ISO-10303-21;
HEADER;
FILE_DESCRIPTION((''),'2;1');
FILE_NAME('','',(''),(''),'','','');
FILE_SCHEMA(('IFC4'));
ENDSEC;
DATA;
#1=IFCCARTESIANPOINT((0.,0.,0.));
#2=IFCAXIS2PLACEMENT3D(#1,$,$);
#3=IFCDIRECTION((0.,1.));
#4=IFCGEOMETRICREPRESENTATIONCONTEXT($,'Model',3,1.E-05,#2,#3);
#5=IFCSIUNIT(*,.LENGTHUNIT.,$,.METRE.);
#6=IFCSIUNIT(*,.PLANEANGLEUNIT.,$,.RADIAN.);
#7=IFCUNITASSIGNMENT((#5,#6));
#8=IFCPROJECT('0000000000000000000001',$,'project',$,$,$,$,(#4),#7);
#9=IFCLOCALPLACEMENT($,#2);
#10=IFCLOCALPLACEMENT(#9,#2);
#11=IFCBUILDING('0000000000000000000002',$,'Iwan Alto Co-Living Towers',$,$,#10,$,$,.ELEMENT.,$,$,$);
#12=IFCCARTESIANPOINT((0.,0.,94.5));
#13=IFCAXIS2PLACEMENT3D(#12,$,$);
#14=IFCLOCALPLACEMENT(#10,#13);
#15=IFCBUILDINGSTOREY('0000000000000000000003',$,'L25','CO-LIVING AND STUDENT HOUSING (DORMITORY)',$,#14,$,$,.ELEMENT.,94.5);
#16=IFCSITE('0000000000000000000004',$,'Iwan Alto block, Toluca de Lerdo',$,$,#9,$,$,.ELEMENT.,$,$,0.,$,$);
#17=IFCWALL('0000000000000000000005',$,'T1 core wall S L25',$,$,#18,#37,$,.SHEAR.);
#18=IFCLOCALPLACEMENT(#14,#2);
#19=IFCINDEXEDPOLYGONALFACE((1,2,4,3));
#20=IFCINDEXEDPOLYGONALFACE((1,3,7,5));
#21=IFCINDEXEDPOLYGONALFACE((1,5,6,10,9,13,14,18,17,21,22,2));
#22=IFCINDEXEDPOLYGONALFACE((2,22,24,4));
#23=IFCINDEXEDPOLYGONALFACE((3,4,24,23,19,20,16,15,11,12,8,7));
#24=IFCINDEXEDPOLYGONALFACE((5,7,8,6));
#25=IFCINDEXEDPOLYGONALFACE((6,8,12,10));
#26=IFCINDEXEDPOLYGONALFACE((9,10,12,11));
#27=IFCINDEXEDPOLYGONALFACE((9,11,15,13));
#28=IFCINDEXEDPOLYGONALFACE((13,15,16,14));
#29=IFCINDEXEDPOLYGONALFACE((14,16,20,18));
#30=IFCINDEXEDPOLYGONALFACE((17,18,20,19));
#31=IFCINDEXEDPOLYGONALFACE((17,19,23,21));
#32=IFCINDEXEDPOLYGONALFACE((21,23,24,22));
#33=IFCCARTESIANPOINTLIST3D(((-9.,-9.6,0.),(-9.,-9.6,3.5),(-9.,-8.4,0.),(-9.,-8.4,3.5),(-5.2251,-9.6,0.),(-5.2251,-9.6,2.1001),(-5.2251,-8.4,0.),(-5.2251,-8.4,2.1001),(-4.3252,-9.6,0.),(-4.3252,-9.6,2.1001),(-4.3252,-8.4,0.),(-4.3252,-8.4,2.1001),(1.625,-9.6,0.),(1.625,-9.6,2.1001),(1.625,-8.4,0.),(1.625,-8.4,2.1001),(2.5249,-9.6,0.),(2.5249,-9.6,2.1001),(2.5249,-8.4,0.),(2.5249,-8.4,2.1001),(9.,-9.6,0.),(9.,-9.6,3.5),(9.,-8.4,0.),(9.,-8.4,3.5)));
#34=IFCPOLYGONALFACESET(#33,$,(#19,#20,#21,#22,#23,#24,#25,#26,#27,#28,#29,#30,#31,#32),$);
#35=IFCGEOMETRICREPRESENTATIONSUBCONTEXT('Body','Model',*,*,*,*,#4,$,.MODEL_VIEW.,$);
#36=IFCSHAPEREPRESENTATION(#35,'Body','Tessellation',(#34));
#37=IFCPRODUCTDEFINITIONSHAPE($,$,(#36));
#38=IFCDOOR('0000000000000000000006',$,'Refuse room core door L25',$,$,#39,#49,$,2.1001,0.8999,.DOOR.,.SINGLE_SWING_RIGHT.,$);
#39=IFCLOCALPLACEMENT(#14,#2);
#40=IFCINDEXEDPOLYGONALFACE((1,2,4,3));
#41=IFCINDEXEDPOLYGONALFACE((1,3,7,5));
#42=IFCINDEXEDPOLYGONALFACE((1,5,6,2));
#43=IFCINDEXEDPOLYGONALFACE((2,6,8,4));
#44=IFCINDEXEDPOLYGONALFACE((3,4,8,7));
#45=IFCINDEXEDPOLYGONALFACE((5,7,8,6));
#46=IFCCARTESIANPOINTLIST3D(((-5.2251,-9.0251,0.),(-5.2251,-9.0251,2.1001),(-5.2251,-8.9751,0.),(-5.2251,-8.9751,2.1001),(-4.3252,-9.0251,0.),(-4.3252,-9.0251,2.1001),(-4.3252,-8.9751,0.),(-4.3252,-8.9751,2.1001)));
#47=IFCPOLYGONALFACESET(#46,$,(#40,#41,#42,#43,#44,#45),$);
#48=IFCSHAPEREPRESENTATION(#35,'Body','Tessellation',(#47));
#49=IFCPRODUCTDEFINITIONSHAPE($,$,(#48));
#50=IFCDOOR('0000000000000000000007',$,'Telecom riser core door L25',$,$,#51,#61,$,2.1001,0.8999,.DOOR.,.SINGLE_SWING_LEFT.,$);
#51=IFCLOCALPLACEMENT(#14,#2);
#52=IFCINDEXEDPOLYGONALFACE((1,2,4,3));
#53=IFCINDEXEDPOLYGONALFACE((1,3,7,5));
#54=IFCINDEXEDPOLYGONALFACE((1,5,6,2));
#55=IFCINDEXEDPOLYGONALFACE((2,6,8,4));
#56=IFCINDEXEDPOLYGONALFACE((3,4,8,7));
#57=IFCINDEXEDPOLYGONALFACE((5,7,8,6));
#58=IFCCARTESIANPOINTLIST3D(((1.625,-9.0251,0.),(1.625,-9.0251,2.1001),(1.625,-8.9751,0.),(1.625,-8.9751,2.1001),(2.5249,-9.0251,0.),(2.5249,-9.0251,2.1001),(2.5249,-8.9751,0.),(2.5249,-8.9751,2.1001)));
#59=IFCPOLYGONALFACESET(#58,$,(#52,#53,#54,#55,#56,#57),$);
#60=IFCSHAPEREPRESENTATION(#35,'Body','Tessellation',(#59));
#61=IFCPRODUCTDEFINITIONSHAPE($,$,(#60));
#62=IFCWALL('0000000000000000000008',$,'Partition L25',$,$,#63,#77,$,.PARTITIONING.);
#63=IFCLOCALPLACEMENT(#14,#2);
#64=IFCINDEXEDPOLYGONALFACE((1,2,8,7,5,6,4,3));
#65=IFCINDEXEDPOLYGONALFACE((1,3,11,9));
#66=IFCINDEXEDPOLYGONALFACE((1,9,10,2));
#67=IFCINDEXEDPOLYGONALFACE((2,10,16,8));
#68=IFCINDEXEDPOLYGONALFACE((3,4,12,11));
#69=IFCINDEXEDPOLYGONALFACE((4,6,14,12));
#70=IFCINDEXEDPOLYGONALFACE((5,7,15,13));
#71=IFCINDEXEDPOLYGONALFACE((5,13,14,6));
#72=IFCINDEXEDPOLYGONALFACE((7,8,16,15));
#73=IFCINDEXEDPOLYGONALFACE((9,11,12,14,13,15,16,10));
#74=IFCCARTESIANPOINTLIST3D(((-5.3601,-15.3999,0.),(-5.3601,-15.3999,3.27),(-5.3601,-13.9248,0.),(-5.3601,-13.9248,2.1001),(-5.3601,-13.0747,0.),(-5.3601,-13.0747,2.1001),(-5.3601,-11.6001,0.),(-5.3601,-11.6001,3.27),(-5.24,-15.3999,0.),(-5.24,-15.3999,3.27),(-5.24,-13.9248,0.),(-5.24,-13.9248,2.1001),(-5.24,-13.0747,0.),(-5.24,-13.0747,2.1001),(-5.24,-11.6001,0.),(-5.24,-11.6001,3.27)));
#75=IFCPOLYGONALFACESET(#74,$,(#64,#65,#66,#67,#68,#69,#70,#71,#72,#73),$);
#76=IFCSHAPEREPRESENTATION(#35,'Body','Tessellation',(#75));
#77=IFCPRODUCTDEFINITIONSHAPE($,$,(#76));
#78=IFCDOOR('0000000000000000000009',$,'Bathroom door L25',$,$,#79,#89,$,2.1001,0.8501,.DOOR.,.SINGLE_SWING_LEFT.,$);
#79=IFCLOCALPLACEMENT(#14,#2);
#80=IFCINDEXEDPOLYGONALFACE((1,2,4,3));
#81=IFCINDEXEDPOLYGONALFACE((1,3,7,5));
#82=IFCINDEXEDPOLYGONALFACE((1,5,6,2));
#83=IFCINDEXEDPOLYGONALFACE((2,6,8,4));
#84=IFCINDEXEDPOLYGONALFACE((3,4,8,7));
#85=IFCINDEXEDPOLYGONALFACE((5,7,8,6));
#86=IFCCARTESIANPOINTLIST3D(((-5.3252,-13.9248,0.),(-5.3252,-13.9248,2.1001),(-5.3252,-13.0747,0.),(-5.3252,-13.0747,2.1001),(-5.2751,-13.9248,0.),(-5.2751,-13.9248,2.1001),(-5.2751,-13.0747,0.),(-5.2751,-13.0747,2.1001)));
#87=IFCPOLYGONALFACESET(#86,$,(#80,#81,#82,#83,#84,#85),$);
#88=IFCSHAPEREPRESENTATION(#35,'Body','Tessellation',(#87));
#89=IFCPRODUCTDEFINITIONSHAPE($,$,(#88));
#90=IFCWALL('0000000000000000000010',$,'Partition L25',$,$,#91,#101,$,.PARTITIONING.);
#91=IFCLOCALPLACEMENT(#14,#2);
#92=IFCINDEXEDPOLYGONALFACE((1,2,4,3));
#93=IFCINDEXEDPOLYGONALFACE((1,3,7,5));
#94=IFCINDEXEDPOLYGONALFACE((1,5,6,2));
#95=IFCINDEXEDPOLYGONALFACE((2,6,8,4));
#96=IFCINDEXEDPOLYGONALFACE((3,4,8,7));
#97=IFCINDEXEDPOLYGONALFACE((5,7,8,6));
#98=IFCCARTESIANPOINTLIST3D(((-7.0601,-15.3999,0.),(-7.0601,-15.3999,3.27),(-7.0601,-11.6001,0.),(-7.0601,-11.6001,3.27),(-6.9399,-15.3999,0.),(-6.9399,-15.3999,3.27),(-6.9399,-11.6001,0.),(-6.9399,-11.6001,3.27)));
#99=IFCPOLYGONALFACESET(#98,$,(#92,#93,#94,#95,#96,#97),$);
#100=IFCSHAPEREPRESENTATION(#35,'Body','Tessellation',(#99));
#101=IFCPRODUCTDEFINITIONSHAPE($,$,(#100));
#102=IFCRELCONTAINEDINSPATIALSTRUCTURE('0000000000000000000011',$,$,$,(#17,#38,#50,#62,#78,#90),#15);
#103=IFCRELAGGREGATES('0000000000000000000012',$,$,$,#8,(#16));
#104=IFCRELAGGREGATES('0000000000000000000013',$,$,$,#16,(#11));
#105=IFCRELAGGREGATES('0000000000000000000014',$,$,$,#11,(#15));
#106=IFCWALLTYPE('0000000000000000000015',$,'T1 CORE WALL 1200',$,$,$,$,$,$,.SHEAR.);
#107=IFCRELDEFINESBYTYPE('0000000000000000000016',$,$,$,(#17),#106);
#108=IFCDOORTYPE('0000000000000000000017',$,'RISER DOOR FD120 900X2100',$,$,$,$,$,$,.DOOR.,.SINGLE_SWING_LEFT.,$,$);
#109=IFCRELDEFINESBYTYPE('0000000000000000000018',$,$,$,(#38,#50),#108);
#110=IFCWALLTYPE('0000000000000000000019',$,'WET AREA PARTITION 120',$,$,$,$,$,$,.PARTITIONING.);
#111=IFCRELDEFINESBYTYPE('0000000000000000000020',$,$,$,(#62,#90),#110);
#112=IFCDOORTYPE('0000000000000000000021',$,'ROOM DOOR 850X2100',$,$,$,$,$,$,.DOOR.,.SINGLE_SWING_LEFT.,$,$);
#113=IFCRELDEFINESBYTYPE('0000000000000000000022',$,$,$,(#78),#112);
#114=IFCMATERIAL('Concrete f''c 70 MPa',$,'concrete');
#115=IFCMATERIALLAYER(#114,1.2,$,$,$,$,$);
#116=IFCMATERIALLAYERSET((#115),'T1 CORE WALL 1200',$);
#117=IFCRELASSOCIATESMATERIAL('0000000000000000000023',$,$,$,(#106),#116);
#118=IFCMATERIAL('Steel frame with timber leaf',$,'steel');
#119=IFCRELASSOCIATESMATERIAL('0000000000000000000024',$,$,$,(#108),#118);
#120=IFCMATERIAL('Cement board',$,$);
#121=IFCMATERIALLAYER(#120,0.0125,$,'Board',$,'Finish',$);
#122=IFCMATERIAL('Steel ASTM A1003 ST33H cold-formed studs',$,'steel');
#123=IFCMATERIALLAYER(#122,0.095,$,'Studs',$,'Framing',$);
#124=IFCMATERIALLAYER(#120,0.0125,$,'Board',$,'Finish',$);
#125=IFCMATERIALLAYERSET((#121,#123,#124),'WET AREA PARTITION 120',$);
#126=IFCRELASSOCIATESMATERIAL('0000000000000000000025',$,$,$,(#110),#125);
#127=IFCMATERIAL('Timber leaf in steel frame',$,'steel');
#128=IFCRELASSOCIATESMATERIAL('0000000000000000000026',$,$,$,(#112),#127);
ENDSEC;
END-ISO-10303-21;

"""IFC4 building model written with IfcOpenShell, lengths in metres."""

from ifc_helpers import new_model, si_unit, direction, frame, frame_2d, origin, place, context, subcontext, project, spatial, rectangle, extrude, material, layer, layer_set, type_object, element, fill, save


model = new_model("IFC4")

# Units and contexts
model_context = context("Model", 3, precision=1e-05, world=origin(), true_north=direction((0.0, 1.0)))
body_context = subcontext(model_context, "Body", "Model", "MODEL_VIEW")
ifc_project = project(units=[si_unit("LENGTHUNIT", "METRE"), si_unit("PLANEANGLEUNIT", "RADIAN")], contexts=[model_context])

# Site, building, storey
site_placement = place(None, origin())
site = spatial("IfcSite", under=ifc_project, at=site_placement, Name="Iwan Alto block, Toluca de Lerdo", CompositionType="ELEMENT", RefElevation=0.0)
building_placement = place(site_placement, origin())
building = spatial("IfcBuilding", under=site, at=building_placement, Name="Iwan Alto Co-Living Towers", CompositionType="ELEMENT")
storey_placement = place(building_placement, frame((0.0, 0.0, 94.5)))
storey = spatial("IfcBuildingStorey", under=building, at=storey_placement, Name="L25", Description="CO-LIVING AND STUDENT HOUSING (DORMITORY)", CompositionType="ELEMENT", Elevation=94.5)

# Shared definitions
ifc_material_1 = material(Name="Steel ASTM A1003 ST33H cold-formed studs", Category="steel")

# Wall, openings, doors
ifc_material_2 = material(Name="Concrete f'c 70 MPa", Category="concrete")
ifc_layer_1 = layer(ifc_material_2, 1.2)
ifc_layer_set_1 = layer_set([ifc_layer_1], Name="T1 CORE WALL 1200")
wall_type_1 = type_object("IfcWallType", Name="T1 CORE WALL 1200", PredefinedType="SHEAR", material=ifc_layer_set_1)
wall_1_placement = place(storey_placement, frame((-9.0, -9.0, 0.0), z_axis=(0.0, 0.0, 1.0), x_axis=(1.0, 0.0, 0.0)))
wall_1 = element("IfcWall", 1, at=wall_1_placement, inside=storey, type_object=wall_type_1, Name="T1 core wall S L25", PredefinedType="SHEAR", context=body_context, shape_type="SweptSolid", body=[
    extrude(rectangle(XDim=18.0, YDim=1.2, at=frame_2d((9.0, 0.0))), origin(), (0.0, 0.0, 1.0), 3.5),
])
opening_1_placement = place(wall_1_placement, frame((3.7749, 0.0, 0.0)))
opening_1 = element("IfcOpeningElement", 2, at=opening_1_placement, cuts=wall_1, PredefinedType="OPENING", context=body_context, shape_type="SweptSolid", body=[
    extrude(rectangle(XDim=0.8999, YDim=2.1001, at=frame_2d((0.45, 1.05))), frame((0.0, 0.6099, 0.0), z_axis=(0.0, -1.0, 0.0), x_axis=(1.0, 0.0, 0.0)), (0.0, 0.0, 1.0), 1.22),
])
opening_2_placement = place(wall_1_placement, frame((10.625, 0.0, 0.0)))
opening_2 = element("IfcOpeningElement", 3, at=opening_2_placement, cuts=wall_1, PredefinedType="OPENING", context=body_context, shape_type="SweptSolid", body=[
    extrude(rectangle(XDim=0.8999, YDim=2.1001, at=frame_2d((0.45, 1.05))), frame((0.0, 0.6099, 0.0), z_axis=(0.0, -1.0, 0.0), x_axis=(1.0, 0.0, 0.0)), (0.0, 0.0, 1.0), 1.22),
])
ifc_material_3 = material(Name="Steel frame with timber leaf", Category="steel")
door_type_1 = type_object("IfcDoorType", Name="RISER DOOR FD120 900X2100", OperationType="SINGLE_SWING_LEFT", PredefinedType="DOOR", material=ifc_material_3)
door_1_placement = place(opening_1_placement, origin())
door_1 = element("IfcDoor", 4, at=door_1_placement, inside=storey, type_object=door_type_1, Name="Refuse room core door L25", OperationType="SINGLE_SWING_RIGHT", OverallHeight=2.1001, OverallWidth=0.8999, PredefinedType="DOOR", context=body_context, shape_type="SweptSolid", body=[
    extrude(rectangle(XDim=0.8999, YDim=2.1001, at=frame_2d((0.45, 1.05))), frame((0.0, 0.0249, 0.0), z_axis=(0.0, -1.0, 0.0), x_axis=(1.0, 0.0, 0.0)), (0.0, 0.0, 1.0), 0.05),
])
fill(opening_1, door_1)
door_2_placement = place(opening_2_placement, origin())
door_2 = element("IfcDoor", 5, at=door_2_placement, inside=storey, type_object=door_type_1, Name="Telecom riser core door L25", OperationType="SINGLE_SWING_LEFT", OverallHeight=2.1001, OverallWidth=0.8999, PredefinedType="DOOR", context=body_context, shape_type="SweptSolid", body=[
    extrude(rectangle(XDim=0.8999, YDim=2.1001, at=frame_2d((0.45, 1.05))), frame((0.0, 0.0249, 0.0), z_axis=(0.0, -1.0, 0.0), x_axis=(1.0, 0.0, 0.0)), (0.0, 0.0, 1.0), 0.05),
])
fill(opening_2, door_2)

# Wall, opening, door
ifc_material_4 = material(Name="Cement board")
ifc_layer_2 = layer(ifc_material_4, 0.0125, Name="Board", Category="Finish")
ifc_layer_3 = layer(ifc_material_1, 0.095, Name="Studs", Category="Framing")
ifc_layer_4 = layer(ifc_material_4, 0.0125, Name="Board", Category="Finish")
ifc_layer_set_2 = layer_set([ifc_layer_2, ifc_layer_3, ifc_layer_4], Name="WET AREA PARTITION 120")
wall_type_2 = type_object("IfcWallType", Name="WET AREA PARTITION 120", PredefinedType="PARTITIONING", material=ifc_layer_set_2)
wall_2_placement = place(storey_placement, frame((-5.3, -15.3999, 0.0), z_axis=(0.0, 0.0, 1.0), x_axis=(0.0, 1.0, 0.0)))
wall_2 = element("IfcWall", 6, at=wall_2_placement, inside=storey, type_object=wall_type_2, Name="Partition L25", PredefinedType="PARTITIONING", context=body_context, shape_type="SweptSolid", body=[
    extrude(rectangle(XDim=3.7998, YDim=0.1201, at=frame_2d((1.8999, 0.0))), origin(), (0.0, 0.0, 1.0), 3.27),
])
opening_3_placement = place(wall_2_placement, frame((1.4751, 0.0, 0.0)))
opening_3 = element("IfcOpeningElement", 7, at=opening_3_placement, cuts=wall_2, PredefinedType="OPENING", context=body_context, shape_type="SweptSolid", body=[
    extrude(rectangle(XDim=0.8501, YDim=2.1001, at=frame_2d((0.425, 1.05))), frame((0.0, 0.0701, 0.0), z_axis=(0.0, -1.0, 0.0), x_axis=(1.0, 0.0, 0.0)), (0.0, 0.0, 1.0), 0.1401),
])
ifc_material_5 = material(Name="Timber leaf in steel frame", Category="steel")
door_type_2 = type_object("IfcDoorType", Name="ROOM DOOR 850X2100", OperationType="SINGLE_SWING_LEFT", PredefinedType="DOOR", material=ifc_material_5)
door_3_placement = place(opening_3_placement, frame((0.8501, 0.0, 0.0), z_axis=(0.0, 0.0, 1.0), x_axis=(-1.0, 0.0, 0.0)))
door_3 = element("IfcDoor", 8, at=door_3_placement, inside=storey, type_object=door_type_2, Name="Bathroom door L25", OperationType="SINGLE_SWING_LEFT", OverallHeight=2.1001, OverallWidth=0.8501, PredefinedType="DOOR", context=body_context, shape_type="SweptSolid", body=[
    extrude(rectangle(XDim=0.8501, YDim=2.1001, at=frame_2d((0.425, 1.05))), frame((0.0, 0.0249, 0.0), z_axis=(0.0, -1.0, 0.0), x_axis=(1.0, 0.0, 0.0)), (0.0, 0.0, 1.0), 0.05),
])
fill(opening_3, door_3)

# Wall
wall_3_placement = place(storey_placement, frame((-7.0, -15.3999, 0.0), z_axis=(0.0, 0.0, 1.0), x_axis=(0.0, 1.0, 0.0)))
element("IfcWall", 9, at=wall_3_placement, inside=storey, type_object=wall_type_2, Name="Partition L25", PredefinedType="PARTITIONING", context=body_context, shape_type="SweptSolid", body=[
    extrude(rectangle(XDim=3.7998, YDim=0.1201, at=frame_2d((1.8999, 0.0))), origin(), (0.0, 0.0, 1.0), 3.27),
])

save(model, "model.ifc")
